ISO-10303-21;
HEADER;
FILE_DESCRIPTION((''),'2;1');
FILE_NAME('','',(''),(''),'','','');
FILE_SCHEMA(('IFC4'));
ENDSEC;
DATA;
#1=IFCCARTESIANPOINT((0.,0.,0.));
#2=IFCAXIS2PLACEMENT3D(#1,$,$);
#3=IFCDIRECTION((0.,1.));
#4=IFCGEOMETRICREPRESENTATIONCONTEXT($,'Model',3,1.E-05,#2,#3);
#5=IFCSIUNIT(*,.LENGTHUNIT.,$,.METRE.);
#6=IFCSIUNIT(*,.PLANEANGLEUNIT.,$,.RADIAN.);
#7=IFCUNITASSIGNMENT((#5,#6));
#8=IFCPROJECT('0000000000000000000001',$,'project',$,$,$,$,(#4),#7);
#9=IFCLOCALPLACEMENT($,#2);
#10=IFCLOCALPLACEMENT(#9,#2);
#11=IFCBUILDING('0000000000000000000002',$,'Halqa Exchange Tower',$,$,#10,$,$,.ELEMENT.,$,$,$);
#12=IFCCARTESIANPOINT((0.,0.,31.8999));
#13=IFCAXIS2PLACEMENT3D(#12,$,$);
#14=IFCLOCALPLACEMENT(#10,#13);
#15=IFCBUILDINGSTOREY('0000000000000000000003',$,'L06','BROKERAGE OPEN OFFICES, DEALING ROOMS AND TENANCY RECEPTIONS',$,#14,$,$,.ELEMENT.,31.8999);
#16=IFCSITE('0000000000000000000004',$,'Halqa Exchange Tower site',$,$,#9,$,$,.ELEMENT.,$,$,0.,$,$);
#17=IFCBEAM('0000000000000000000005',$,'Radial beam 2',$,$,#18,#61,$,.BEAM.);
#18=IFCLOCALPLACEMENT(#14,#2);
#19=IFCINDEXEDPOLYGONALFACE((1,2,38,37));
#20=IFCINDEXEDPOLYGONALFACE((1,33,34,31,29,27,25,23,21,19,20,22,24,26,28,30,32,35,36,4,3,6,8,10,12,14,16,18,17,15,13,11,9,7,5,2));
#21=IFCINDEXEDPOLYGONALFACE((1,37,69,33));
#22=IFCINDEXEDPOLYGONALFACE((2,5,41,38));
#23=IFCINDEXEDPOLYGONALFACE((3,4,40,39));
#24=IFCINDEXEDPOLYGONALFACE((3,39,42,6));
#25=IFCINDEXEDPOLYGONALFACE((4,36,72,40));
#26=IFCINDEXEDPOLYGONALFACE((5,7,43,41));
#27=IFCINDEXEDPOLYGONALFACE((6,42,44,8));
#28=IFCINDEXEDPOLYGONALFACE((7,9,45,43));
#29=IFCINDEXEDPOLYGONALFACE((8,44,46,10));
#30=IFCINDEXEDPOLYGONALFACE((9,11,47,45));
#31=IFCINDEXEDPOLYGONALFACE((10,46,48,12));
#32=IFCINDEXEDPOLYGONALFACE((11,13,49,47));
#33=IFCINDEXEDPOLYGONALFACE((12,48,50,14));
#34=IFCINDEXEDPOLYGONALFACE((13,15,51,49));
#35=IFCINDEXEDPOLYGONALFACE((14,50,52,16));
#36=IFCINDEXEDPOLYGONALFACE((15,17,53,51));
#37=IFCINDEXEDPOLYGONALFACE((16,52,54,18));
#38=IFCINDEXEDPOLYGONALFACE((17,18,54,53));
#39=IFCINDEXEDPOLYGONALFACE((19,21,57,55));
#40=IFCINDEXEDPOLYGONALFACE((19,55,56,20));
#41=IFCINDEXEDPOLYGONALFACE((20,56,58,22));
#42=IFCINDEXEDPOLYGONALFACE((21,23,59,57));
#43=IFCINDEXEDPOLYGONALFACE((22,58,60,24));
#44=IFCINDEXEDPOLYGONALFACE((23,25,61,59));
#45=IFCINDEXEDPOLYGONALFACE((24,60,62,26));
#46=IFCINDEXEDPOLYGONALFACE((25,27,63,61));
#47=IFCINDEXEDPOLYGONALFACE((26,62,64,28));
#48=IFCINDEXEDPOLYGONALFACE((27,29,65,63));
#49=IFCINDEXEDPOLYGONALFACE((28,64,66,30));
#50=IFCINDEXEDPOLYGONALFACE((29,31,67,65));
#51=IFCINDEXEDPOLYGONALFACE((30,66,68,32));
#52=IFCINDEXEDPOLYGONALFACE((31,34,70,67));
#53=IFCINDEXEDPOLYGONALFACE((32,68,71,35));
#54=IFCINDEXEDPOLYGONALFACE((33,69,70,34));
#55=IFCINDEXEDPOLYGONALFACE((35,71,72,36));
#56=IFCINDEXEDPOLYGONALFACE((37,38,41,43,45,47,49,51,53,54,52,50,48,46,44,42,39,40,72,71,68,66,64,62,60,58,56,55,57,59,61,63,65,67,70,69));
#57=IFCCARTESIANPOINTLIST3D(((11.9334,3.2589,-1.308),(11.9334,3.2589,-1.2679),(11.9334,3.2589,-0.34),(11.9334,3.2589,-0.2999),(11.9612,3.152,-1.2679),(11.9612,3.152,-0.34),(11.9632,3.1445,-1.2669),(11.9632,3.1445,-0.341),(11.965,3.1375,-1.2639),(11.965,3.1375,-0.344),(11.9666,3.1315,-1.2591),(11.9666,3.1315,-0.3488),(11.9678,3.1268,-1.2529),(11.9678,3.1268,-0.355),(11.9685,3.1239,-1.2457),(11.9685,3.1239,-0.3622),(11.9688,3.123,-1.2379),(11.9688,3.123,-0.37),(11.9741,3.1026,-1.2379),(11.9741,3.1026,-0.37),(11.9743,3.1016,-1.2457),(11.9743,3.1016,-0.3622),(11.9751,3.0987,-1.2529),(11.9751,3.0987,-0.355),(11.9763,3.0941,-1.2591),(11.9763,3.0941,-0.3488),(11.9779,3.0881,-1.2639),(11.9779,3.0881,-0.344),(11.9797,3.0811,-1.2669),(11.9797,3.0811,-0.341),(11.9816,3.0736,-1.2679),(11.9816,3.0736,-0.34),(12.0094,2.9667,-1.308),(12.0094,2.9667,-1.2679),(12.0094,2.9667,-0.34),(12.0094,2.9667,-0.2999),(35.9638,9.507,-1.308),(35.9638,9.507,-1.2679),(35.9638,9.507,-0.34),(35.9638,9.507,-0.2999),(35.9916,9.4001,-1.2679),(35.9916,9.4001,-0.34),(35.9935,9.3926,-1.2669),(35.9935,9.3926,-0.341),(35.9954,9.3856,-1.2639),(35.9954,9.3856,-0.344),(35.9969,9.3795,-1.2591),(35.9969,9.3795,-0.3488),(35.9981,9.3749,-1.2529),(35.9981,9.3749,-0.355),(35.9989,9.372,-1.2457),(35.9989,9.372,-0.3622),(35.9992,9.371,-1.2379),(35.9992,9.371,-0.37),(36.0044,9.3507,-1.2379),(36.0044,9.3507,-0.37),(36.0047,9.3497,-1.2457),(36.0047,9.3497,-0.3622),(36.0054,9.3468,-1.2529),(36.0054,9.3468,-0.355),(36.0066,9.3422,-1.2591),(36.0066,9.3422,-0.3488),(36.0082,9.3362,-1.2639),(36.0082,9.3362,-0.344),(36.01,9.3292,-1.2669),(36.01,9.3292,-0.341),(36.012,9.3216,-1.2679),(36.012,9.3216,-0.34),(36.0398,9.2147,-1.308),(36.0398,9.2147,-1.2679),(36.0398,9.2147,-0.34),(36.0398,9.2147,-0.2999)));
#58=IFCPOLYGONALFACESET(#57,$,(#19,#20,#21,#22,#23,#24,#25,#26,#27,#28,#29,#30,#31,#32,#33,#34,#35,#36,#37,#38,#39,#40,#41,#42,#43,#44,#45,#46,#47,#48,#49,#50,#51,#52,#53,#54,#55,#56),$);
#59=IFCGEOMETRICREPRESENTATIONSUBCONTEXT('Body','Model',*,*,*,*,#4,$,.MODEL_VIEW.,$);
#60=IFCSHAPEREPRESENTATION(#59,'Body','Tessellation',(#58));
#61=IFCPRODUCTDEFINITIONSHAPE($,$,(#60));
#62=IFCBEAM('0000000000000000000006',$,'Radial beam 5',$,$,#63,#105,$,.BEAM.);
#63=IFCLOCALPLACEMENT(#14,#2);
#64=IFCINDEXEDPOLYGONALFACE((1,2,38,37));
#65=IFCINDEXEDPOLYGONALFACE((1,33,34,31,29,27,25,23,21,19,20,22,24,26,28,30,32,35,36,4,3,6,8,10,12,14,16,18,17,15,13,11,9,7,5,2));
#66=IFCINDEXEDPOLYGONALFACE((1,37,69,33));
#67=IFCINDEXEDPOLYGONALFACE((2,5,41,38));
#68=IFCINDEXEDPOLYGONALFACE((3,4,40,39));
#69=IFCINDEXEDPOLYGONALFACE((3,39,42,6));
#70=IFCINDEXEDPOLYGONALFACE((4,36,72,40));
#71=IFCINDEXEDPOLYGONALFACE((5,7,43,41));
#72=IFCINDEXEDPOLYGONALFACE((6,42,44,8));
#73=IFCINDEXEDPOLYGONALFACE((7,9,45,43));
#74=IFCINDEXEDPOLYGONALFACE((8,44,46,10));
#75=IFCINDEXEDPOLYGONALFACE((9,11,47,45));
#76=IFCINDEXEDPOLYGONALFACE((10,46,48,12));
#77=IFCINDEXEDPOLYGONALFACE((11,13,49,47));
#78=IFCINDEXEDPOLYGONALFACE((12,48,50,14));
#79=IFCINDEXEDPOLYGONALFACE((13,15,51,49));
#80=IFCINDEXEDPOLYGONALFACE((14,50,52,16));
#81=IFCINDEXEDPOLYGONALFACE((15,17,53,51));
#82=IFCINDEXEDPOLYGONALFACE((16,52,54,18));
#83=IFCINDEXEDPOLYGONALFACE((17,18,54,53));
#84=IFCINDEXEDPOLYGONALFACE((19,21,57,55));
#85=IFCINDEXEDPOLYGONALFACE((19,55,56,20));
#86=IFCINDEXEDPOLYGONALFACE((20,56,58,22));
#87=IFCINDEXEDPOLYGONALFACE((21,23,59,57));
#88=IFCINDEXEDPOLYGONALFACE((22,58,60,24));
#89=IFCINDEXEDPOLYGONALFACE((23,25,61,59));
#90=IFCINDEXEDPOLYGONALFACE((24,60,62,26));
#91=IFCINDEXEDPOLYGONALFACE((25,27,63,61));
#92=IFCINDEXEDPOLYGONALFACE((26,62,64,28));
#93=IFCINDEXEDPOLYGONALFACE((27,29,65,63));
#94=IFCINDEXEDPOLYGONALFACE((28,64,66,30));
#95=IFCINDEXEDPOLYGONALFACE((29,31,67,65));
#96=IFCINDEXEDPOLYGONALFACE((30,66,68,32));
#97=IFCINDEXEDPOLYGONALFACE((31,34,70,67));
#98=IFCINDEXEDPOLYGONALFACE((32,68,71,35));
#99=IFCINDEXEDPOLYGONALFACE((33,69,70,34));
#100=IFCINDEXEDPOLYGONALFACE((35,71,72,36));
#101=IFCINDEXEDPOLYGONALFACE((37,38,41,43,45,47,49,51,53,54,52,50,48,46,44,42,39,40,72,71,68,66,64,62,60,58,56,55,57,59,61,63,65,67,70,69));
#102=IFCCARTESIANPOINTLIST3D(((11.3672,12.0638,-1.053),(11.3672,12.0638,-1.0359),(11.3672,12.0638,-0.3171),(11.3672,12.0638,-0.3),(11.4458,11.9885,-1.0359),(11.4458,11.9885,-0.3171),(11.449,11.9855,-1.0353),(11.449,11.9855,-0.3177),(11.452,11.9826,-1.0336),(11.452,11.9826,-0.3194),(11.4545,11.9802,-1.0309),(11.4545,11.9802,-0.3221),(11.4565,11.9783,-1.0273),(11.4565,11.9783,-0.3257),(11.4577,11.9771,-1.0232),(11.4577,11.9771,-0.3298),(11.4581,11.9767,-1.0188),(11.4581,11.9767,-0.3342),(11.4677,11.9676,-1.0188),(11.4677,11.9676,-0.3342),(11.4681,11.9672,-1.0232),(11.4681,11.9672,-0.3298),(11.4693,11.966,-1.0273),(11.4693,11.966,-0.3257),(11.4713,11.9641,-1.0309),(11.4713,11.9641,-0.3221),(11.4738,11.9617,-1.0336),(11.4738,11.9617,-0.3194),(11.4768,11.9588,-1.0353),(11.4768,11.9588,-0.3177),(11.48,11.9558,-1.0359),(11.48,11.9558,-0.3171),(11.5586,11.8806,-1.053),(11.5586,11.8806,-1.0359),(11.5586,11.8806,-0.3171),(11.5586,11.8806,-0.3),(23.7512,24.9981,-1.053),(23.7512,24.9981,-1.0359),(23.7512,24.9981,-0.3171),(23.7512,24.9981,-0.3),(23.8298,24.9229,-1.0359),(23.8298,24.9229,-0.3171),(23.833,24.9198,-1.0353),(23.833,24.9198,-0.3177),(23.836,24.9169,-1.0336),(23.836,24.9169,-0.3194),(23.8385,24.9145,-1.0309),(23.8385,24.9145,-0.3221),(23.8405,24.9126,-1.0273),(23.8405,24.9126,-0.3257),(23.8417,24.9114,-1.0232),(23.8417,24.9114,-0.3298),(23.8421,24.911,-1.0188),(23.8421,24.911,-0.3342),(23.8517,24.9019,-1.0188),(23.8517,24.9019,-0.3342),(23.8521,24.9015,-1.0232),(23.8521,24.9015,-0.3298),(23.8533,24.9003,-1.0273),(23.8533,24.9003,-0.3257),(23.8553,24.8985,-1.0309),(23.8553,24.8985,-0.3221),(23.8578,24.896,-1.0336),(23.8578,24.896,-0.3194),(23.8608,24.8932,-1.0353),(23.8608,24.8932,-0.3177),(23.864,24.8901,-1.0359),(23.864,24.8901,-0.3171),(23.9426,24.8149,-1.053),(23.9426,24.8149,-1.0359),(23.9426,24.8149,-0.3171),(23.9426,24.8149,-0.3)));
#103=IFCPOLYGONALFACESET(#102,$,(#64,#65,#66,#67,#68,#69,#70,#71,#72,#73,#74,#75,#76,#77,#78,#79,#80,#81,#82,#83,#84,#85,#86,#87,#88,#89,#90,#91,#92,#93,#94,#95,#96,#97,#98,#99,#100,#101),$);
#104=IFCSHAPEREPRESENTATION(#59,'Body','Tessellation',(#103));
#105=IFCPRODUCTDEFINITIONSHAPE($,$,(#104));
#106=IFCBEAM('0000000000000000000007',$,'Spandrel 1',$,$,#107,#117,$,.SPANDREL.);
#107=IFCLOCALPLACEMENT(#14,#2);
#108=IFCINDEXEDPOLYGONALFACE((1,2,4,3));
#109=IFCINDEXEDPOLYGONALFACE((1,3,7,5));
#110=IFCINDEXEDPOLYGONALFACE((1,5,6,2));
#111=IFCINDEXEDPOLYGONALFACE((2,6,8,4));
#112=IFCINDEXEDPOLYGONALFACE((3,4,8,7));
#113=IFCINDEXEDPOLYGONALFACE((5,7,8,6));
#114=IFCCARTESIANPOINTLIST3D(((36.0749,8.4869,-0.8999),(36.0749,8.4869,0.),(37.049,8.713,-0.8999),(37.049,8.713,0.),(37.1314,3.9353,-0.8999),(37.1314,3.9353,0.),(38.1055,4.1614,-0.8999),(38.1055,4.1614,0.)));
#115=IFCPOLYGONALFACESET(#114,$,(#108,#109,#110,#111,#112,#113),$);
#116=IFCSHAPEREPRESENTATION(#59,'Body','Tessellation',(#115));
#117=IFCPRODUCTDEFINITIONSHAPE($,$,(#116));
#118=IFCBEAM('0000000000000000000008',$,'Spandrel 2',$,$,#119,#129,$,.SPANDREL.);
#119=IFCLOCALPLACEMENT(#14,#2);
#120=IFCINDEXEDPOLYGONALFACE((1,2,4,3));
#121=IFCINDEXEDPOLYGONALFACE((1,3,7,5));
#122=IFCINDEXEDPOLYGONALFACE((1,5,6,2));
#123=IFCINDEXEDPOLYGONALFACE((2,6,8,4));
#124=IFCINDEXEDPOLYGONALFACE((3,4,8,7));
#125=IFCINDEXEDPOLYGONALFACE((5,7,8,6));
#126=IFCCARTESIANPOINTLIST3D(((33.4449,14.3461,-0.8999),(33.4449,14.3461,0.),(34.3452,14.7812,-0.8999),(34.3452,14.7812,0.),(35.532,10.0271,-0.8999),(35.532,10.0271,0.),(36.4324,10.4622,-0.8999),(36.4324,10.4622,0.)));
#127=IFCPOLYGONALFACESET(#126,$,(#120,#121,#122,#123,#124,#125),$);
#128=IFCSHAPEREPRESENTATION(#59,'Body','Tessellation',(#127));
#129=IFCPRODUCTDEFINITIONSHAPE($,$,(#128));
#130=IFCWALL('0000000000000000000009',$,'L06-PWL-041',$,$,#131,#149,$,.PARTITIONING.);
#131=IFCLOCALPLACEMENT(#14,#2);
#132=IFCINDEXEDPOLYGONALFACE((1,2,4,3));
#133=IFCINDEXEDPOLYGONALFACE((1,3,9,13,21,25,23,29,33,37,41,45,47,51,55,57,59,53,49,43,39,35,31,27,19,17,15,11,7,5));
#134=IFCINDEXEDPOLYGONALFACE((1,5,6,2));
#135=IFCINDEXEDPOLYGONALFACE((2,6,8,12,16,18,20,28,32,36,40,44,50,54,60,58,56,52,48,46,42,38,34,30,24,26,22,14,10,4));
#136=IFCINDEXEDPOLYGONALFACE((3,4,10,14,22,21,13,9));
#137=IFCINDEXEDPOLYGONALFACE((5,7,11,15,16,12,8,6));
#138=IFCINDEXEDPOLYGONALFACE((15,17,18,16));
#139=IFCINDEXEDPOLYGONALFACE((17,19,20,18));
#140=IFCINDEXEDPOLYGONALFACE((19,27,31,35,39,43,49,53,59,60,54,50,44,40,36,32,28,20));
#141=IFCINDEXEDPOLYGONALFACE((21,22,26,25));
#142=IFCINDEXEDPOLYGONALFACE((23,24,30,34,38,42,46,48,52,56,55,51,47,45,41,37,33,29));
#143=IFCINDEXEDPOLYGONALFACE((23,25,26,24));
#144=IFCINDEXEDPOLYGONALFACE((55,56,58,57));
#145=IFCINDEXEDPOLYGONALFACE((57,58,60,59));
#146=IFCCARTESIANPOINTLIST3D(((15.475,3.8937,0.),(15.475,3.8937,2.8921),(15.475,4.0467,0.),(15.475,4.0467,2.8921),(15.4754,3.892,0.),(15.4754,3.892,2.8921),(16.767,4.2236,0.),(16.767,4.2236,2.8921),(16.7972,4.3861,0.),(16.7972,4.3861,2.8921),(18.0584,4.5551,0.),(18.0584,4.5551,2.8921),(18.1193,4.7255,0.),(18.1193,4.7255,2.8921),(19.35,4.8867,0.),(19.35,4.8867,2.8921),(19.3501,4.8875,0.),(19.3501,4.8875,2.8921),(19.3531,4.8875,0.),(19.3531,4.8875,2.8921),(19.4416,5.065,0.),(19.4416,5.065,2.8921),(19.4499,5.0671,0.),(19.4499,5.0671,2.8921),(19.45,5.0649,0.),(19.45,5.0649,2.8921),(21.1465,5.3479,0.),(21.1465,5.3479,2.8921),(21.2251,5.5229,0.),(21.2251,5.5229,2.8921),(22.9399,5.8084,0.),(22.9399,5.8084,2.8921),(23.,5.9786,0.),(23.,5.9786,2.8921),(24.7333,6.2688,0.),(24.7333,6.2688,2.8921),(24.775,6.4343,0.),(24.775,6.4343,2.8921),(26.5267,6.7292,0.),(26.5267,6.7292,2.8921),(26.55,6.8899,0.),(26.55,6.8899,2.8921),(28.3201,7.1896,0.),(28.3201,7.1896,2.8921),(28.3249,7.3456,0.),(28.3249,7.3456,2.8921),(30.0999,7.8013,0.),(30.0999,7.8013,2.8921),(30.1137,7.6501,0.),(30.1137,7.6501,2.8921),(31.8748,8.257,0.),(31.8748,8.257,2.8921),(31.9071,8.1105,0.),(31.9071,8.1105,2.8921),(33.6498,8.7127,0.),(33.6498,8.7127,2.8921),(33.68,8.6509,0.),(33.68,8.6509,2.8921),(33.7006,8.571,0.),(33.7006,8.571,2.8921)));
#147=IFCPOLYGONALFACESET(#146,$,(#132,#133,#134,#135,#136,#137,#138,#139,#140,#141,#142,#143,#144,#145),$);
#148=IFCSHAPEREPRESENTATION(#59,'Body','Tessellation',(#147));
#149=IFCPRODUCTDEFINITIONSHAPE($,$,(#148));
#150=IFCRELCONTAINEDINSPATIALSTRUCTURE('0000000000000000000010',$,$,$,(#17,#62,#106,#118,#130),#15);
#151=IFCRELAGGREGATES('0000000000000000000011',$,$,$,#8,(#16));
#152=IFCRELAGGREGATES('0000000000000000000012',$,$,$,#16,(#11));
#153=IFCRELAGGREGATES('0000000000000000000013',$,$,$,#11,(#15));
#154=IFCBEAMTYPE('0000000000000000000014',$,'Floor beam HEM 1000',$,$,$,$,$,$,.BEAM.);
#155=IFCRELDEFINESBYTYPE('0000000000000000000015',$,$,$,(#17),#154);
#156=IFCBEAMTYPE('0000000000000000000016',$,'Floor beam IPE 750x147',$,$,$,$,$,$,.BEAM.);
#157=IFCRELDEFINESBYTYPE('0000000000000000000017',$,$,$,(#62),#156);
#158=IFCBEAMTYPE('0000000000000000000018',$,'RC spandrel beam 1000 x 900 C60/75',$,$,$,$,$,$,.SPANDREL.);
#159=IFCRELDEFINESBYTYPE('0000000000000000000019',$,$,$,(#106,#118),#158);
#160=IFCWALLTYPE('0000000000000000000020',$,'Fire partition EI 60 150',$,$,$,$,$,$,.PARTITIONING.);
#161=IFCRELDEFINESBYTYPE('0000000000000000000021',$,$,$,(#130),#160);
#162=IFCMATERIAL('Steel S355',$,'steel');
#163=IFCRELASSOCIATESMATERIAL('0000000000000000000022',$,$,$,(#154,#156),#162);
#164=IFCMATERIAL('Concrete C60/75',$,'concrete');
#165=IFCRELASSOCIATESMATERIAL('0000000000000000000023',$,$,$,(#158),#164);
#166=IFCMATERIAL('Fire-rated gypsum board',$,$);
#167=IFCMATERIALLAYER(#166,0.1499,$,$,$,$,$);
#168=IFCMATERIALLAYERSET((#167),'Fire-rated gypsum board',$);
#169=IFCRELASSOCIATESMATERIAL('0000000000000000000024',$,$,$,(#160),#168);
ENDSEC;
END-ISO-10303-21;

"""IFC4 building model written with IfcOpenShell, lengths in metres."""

from ifc_helpers import new_model, si_unit, direction, frame, origin, origin_2d, place, context, subcontext, project, spatial, polyline, rectangle, i_section, outline, extrude, material, layer, layer_set, material_profile, profile_set, type_object, element, save


model = new_model("IFC4")

# Units and contexts
model_context = context("Model", 3, precision=1e-05, world=origin(), true_north=direction((0.0, 1.0)))
body_context = subcontext(model_context, "Body", "Model", "MODEL_VIEW")
ifc_project = project(units=[si_unit("LENGTHUNIT", "METRE"), si_unit("PLANEANGLEUNIT", "RADIAN")], contexts=[model_context])

# Site, building, storey
site_placement = place(None, origin())
site = spatial("IfcSite", under=ifc_project, at=site_placement, Name="Halqa Exchange Tower site", CompositionType="ELEMENT", RefElevation=0.0)
building_placement = place(site_placement, origin())
building = spatial("IfcBuilding", under=site, at=building_placement, Name="Halqa Exchange Tower", CompositionType="ELEMENT")
storey_placement = place(building_placement, frame((0.0, 0.0, 31.8999)))
storey = spatial("IfcBuildingStorey", under=building, at=storey_placement, Name="L06", Description="BROKERAGE OPEN OFFICES, DEALING ROOMS AND TENANCY RECEPTIONS", CompositionType="ELEMENT", Elevation=31.8999)

# Beams
ifc_material_1 = material(Name="Steel S355", Category="steel")
ifc_material_profile_1 = material_profile(ifc_material_1, i_section(OverallWidth=0.302, OverallDepth=1.0081, WebThickness=0.021, FlangeThickness=0.04, FilletRadius=0.03, at=origin_2d()), Name="HEM 1000")
ifc_profile_set_1 = profile_set([ifc_material_profile_1], Name="Steel S355")
beam_type_1 = type_object("IfcBeamType", Name="Floor beam HEM 1000", PredefinedType="BEAM", material=ifc_profile_set_1)
beam_1_placement = place(storey_placement, frame((11.9714, 3.1128, -0.804), z_axis=(0.967821, 0.25164, 0.0), x_axis=(-0.25164, 0.967821, 0.0)))
element("IfcBeam", 1, at=beam_1_placement, inside=storey, type_object=beam_type_1, Name="Radial beam 2", PredefinedType="BEAM", context=body_context, shape_type="SweptSolid", body=[
    extrude(i_section(OverallWidth=0.302, OverallDepth=1.0081, WebThickness=0.021, FlangeThickness=0.04, FilletRadius=0.03, at=origin_2d()), origin(), (0.0, 0.0, 1.0), 24.8293),
])
ifc_material_profile_2 = material_profile(ifc_material_1, i_section(OverallWidth=0.2649, OverallDepth=0.7529, WebThickness=0.0132, FlangeThickness=0.0171, FilletRadius=0.0171, at=origin_2d()), Name="IPE 750x147")
ifc_profile_set_2 = profile_set([ifc_material_profile_2], Name="Steel S355")
beam_type_2 = type_object("IfcBeamType", Name="Floor beam IPE 750x147", PredefinedType="BEAM", material=ifc_profile_set_2)
beam_2_placement = place(storey_placement, frame((11.4629, 11.9722, -0.6765), z_axis=(0.691575, 0.722305, 0.0), x_axis=(-0.722305, 0.691575, 0.0)))
element("IfcBeam", 2, at=beam_2_placement, inside=storey, type_object=beam_type_2, Name="Radial beam 5", PredefinedType="BEAM", context=body_context, shape_type="SweptSolid", body=[
    extrude(i_section(OverallWidth=0.2649, OverallDepth=0.7529, WebThickness=0.0132, FlangeThickness=0.0171, FilletRadius=0.0171, at=origin_2d()), origin(), (0.0, 0.0, 1.0), 17.907),
])
ifc_material_2 = material(Name="Concrete C60/75", Category="concrete")
ifc_material_profile_3 = material_profile(ifc_material_2, rectangle(XDim=1.0, YDim=0.8999, at=origin_2d()), Name="1000 x 900")
ifc_profile_set_3 = profile_set([ifc_material_profile_3], Name="Concrete C60/75")
beam_type_3 = type_object("IfcBeamType", Name="RC spandrel beam 1000 x 900 C60/75", PredefinedType="SPANDREL", material=ifc_profile_set_3)
beam_3_placement = place(storey_placement, frame((37.6184, 4.0483, -0.45), z_axis=(-0.226088, 0.974107, 0.0), x_axis=(-0.974107, -0.226088, 0.0)))
element("IfcBeam", 3, at=beam_3_placement, inside=storey, type_object=beam_type_3, Name="Spandrel 1", PredefinedType="SPANDREL", context=body_context, shape_type="SweptSolid", body=[
    extrude(rectangle(XDim=1.0, YDim=0.8999, at=origin_2d()), origin(), (0.0, 0.0, 1.0), 4.6726),
])
beam_4_placement = place(storey_placement, frame((35.9822, 10.2446, -0.45), z_axis=(-0.435101, 0.900382, 0.0), x_axis=(-0.900382, -0.435101, 0.0)))
element("IfcBeam", 4, at=beam_4_placement, inside=storey, type_object=beam_type_3, Name="Spandrel 2", PredefinedType="SPANDREL", context=body_context, shape_type="SweptSolid", body=[
    extrude(rectangle(XDim=1.0, YDim=0.8999, at=origin_2d()), origin(), (0.0, 0.0, 1.0), 4.7969),
])

# Wall
ifc_material_3 = material(Name="Fire-rated gypsum board")
ifc_layer_1 = layer(ifc_material_3, 0.1499)
ifc_layer_set_1 = layer_set([ifc_layer_1], Name="Fire-rated gypsum board")
wall_type_1 = type_object("IfcWallType", Name="Fire partition EI 60 150", PredefinedType="PARTITIONING", material=ifc_layer_set_1)
wall_1_placement = place(storey_placement, frame((15.4568, 3.9646, 0.0), z_axis=(0.0, 0.0, 1.0), x_axis=(0.968589, 0.248667, 0.0)))
element("IfcWall", 5, at=wall_1_placement, inside=storey, type_object=wall_type_1, Name="L06-PWL-041", PredefinedType="PARTITIONING", context=body_context, shape_type="SweptSolid", body=[
    extrude(outline(polyline([(0.0, -0.075), (1.3335, -0.075), (2.6667, -0.075), (4.0002, -0.075), (4.0005, -0.0742), (4.0034, -0.075), (5.855, -0.075), (7.7065, -0.075), (9.5581, -0.075), (11.4097, -0.075), (13.2612, -0.075), (15.113, -0.075), (16.9646, -0.075), (18.8162, -0.075), (18.8162, 0.0076), (18.8022, 0.075), (16.9697, 0.075), (15.1372, 0.075), (13.3047, 0.075), (11.4722, 0.075), (9.6396, 0.075), (7.8071, 0.075), (5.9746, 0.075), (4.1418, 0.075), (4.1414, 0.0728), (4.1333, 0.075), (2.7681, 0.075), (1.4031, 0.075), (0.0381, 0.075), (0.0, -0.0732), (0.0, -0.075)])), origin(), (0.0, 0.0, 1.0), 2.8921),
])

save(model, "model.ifc")
